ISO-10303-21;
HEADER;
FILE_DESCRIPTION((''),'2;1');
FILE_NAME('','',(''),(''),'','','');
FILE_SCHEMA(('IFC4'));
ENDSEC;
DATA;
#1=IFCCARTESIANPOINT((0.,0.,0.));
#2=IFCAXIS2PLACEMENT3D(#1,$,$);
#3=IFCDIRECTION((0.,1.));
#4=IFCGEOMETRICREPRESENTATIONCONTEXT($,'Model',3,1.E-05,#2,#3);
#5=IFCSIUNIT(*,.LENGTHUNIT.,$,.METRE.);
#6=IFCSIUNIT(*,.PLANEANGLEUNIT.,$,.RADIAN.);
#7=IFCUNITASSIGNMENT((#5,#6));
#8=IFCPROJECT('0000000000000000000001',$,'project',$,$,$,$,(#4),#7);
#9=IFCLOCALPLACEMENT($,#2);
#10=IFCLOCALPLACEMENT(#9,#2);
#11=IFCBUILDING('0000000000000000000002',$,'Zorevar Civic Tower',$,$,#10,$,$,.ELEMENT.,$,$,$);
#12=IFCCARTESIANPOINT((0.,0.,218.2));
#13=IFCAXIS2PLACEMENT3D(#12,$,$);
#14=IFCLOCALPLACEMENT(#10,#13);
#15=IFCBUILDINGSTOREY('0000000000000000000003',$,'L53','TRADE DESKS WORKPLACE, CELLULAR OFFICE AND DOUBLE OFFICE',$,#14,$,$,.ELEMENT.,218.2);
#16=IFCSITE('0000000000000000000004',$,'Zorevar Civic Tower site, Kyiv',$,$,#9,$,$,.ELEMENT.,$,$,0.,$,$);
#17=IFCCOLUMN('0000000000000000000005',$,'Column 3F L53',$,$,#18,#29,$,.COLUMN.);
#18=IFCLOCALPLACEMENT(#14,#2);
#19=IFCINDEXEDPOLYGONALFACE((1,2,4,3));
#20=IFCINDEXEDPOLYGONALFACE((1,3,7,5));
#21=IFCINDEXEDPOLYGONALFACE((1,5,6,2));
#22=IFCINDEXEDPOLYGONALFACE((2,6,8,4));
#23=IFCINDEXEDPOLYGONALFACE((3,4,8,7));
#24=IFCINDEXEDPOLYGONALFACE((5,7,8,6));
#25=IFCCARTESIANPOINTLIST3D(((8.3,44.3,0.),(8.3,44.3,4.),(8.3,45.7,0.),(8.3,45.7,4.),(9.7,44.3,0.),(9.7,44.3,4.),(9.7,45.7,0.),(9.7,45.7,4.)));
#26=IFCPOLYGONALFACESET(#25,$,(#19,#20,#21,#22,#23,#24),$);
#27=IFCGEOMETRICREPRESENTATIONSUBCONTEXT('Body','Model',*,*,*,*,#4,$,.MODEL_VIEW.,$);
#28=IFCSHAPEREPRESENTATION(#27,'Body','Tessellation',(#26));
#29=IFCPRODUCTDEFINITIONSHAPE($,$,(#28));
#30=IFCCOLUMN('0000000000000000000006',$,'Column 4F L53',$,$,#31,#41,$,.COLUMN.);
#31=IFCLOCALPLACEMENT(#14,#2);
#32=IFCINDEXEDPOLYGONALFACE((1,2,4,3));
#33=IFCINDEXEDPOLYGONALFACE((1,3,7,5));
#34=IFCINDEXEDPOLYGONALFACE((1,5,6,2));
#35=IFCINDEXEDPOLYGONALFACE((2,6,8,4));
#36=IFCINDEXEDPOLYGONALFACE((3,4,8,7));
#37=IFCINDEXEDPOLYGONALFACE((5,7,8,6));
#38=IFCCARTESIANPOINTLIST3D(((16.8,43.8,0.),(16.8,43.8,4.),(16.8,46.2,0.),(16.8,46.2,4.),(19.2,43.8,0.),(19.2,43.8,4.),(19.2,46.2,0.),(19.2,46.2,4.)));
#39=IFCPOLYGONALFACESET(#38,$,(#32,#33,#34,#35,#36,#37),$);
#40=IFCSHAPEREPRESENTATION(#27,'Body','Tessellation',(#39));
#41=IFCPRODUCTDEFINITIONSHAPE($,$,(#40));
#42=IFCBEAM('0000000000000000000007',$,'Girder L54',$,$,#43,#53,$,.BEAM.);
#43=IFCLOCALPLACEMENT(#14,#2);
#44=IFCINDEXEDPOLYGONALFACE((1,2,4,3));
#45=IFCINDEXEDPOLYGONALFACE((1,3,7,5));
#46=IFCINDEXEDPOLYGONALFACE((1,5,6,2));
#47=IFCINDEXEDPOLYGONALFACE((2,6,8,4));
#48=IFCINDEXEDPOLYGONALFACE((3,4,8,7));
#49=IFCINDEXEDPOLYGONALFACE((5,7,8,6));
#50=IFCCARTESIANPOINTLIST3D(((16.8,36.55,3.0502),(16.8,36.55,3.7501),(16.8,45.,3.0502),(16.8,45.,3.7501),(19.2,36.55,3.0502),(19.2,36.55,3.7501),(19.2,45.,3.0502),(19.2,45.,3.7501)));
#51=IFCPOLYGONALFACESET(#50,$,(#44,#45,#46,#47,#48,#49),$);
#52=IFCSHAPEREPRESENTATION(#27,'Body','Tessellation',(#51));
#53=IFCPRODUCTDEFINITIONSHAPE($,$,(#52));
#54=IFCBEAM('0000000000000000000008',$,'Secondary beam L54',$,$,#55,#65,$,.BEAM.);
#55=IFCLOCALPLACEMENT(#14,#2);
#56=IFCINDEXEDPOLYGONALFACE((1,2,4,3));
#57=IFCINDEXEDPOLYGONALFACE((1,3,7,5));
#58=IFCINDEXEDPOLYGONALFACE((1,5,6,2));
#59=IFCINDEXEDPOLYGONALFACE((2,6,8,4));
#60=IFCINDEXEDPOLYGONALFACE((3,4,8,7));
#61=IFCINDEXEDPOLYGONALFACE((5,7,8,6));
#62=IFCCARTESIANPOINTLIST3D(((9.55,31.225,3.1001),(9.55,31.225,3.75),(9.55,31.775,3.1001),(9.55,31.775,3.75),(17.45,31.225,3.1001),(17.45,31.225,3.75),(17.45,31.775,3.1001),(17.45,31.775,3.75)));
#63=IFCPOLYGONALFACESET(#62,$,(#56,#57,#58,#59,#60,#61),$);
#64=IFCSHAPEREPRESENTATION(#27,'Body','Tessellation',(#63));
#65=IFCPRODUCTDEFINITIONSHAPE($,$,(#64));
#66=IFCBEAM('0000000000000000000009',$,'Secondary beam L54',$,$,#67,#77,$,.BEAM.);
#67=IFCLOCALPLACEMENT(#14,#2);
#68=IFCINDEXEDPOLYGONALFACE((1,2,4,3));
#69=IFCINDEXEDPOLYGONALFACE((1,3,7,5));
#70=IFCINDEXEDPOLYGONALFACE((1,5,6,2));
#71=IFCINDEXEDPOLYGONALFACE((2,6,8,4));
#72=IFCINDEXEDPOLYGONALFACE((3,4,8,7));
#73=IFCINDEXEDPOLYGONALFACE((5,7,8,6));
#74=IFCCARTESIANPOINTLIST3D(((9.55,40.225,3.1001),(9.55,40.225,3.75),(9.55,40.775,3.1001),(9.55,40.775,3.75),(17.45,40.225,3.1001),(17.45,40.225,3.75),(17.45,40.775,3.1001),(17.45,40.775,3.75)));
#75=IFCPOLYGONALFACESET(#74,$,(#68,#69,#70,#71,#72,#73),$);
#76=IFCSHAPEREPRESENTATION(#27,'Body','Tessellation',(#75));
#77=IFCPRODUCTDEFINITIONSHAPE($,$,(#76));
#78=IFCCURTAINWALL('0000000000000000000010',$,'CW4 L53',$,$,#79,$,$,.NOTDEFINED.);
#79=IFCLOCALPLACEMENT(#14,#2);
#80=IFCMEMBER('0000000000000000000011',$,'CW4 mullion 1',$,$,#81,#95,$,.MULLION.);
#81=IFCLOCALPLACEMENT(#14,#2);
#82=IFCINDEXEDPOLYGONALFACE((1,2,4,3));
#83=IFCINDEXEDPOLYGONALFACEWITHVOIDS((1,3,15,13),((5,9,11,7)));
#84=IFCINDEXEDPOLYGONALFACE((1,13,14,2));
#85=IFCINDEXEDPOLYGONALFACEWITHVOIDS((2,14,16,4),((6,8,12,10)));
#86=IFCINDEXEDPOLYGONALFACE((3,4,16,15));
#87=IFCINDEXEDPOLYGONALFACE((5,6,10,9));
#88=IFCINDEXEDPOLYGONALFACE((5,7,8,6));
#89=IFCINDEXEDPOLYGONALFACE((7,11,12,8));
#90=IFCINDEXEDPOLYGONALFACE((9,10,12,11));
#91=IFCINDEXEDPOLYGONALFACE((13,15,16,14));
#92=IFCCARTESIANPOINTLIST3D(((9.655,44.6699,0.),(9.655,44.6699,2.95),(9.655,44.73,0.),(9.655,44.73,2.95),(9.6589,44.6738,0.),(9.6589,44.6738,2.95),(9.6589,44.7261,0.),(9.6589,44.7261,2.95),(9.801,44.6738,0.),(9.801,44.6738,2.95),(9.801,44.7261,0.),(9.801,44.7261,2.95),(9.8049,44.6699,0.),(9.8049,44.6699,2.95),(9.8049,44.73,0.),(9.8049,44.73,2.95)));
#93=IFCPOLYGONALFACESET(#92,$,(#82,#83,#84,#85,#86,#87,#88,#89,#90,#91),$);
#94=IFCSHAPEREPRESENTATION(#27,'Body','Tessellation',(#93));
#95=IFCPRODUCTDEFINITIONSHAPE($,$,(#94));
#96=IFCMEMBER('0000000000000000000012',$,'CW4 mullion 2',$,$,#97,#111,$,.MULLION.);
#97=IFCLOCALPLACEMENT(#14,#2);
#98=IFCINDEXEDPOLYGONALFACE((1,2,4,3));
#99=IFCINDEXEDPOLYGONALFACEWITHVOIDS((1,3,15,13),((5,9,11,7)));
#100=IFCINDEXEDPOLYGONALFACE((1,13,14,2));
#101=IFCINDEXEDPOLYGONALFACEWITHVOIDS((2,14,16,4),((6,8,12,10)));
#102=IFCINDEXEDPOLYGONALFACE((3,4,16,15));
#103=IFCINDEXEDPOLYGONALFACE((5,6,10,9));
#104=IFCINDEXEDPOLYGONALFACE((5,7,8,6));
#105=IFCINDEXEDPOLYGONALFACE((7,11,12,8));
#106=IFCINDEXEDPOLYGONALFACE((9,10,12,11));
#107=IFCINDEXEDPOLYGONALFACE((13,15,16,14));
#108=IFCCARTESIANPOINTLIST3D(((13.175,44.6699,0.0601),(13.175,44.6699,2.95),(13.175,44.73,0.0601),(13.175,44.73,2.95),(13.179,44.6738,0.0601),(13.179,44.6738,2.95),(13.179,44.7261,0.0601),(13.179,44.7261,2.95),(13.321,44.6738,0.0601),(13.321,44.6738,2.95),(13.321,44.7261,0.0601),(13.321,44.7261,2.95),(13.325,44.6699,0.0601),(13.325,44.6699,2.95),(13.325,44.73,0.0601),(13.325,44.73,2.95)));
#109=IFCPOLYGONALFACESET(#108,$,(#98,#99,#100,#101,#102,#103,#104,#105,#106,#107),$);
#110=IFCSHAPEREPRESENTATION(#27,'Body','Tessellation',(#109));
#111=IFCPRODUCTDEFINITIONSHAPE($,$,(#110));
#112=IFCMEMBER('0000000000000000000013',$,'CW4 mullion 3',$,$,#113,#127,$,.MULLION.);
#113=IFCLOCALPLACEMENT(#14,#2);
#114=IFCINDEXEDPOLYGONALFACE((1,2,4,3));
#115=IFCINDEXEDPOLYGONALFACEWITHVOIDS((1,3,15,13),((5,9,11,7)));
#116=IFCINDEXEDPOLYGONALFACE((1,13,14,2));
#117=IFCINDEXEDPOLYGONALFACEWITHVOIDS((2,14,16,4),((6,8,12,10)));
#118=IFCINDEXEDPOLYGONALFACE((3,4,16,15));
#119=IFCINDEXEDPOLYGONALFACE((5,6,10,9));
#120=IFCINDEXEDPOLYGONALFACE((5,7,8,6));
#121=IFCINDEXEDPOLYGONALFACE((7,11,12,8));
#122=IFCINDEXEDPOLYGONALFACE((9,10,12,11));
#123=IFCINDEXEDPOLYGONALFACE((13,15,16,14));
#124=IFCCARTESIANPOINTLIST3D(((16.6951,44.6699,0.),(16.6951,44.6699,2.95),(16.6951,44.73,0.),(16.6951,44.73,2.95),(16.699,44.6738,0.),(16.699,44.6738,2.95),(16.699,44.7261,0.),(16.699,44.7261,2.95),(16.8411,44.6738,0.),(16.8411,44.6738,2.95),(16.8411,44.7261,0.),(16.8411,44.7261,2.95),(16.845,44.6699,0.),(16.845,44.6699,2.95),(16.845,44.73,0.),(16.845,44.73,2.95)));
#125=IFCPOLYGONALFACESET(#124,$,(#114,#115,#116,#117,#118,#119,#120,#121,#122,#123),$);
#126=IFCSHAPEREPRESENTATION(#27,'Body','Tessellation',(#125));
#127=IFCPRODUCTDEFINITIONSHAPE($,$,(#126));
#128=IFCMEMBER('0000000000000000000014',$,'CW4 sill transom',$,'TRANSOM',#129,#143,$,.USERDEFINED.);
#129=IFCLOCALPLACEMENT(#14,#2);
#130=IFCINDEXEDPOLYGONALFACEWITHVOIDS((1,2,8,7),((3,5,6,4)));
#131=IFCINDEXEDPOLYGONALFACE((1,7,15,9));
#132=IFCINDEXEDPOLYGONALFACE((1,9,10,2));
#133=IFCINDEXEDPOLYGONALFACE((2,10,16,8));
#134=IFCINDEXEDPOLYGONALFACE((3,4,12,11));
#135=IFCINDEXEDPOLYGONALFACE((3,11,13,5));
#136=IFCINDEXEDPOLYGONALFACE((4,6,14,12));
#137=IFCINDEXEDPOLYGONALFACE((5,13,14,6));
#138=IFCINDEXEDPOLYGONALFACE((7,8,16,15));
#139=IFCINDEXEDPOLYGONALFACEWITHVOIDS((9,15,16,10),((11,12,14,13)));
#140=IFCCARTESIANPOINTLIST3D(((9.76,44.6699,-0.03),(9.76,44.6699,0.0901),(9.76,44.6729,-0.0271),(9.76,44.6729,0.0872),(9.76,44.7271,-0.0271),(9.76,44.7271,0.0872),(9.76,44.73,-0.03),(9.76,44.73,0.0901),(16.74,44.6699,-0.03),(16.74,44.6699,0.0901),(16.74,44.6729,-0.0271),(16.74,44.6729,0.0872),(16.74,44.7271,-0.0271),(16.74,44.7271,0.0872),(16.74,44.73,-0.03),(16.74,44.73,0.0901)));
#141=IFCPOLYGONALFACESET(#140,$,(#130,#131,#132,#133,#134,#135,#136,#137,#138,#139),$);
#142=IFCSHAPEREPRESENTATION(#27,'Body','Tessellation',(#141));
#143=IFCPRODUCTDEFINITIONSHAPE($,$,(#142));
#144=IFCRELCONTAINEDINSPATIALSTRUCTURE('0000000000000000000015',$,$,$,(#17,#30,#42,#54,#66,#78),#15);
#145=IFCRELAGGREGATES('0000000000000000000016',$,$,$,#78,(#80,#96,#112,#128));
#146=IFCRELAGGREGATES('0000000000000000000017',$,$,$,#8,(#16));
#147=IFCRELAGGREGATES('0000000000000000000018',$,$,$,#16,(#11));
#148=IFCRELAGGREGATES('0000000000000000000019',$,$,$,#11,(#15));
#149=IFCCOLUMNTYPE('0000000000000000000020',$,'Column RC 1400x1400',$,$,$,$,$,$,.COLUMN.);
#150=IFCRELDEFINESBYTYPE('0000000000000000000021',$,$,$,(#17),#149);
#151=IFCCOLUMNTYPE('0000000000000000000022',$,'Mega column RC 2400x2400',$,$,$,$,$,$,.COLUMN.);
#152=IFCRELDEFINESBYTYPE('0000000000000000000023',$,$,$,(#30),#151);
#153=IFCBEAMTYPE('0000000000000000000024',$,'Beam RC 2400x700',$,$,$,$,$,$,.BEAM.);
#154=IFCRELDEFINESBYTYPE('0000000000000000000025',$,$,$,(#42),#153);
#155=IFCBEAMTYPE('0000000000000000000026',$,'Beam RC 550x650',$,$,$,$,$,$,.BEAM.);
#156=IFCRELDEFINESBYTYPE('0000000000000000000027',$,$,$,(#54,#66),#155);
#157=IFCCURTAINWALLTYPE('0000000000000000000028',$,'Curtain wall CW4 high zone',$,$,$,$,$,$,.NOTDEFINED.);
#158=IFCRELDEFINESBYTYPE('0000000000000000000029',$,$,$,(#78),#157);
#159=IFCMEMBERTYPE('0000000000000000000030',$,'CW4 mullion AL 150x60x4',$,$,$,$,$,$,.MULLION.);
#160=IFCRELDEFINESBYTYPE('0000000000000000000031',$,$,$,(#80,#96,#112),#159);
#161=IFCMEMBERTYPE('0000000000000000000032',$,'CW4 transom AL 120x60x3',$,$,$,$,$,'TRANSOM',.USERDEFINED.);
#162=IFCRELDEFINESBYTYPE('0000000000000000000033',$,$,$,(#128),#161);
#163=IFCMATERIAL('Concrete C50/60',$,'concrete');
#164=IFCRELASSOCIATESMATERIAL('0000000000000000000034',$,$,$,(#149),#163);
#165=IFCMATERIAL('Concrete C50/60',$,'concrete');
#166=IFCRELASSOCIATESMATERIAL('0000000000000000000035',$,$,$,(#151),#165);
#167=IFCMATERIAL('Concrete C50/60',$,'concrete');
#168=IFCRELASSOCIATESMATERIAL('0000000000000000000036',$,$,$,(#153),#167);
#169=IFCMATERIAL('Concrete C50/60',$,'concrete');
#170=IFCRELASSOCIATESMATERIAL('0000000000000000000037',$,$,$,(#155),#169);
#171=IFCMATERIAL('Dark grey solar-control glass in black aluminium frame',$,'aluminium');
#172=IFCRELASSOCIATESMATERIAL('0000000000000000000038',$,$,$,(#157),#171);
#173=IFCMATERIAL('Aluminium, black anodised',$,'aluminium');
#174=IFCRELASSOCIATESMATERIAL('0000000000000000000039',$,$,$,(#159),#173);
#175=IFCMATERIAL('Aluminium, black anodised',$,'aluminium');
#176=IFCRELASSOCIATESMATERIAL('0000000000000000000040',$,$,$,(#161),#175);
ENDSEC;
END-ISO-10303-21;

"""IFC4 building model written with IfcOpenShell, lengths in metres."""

from ifc_helpers import new_model, si_unit, direction, frame, origin, origin_2d, place, context, subcontext, project, spatial, rectangle, hollow_rectangle, extrude, material, material_profile, profile_set, type_object, element, aggregate, save


model = new_model("IFC4")

# Units and contexts
model_context = context("Model", 3, precision=1e-05, world=origin(), true_north=direction((0.0, 1.0)))
body_context = subcontext(model_context, "Body", "Model", "MODEL_VIEW")
ifc_project = project(units=[si_unit("LENGTHUNIT", "METRE"), si_unit("PLANEANGLEUNIT", "RADIAN")], contexts=[model_context])

# Site, building, storey
site_placement = place(None, origin())
site = spatial("IfcSite", under=ifc_project, at=site_placement, Name="Zorevar Civic Tower site, Kyiv", CompositionType="ELEMENT", RefElevation=0.0)
building_placement = place(site_placement, origin())
building = spatial("IfcBuilding", under=site, at=building_placement, Name="Zorevar Civic Tower", CompositionType="ELEMENT")
storey_placement = place(building_placement, frame((0.0, 0.0, 218.2)))
storey = spatial("IfcBuildingStorey", under=building, at=storey_placement, Name="L53", Description="TRADE DESKS WORKPLACE, CELLULAR OFFICE AND DOUBLE OFFICE", CompositionType="ELEMENT", Elevation=218.2)

# Columns
ifc_material_1 = material(Name="Concrete C50/60", Category="concrete")
ifc_material_profile_1 = material_profile(ifc_material_1, rectangle(XDim=1.3999, YDim=1.3999, at=origin_2d()), Name="RC 1400x1400")
ifc_profile_set_1 = profile_set([ifc_material_profile_1], Name="Concrete C50/60")
column_type_1 = type_object("IfcColumnType", Name="Column RC 1400x1400", PredefinedType="COLUMN", material=ifc_profile_set_1)
column_1_placement = place(storey_placement, frame((9.0, 45.0, 0.0), z_axis=(0.0, 0.0, 1.0), x_axis=(1.0, 0.0, 0.0)))
element("IfcColumn", 1, at=column_1_placement, inside=storey, type_object=column_type_1, Name="Column 3F L53", PredefinedType="COLUMN", context=body_context, shape_type="SweptSolid", body=[
    extrude(rectangle(XDim=1.3999, YDim=1.3999, at=origin_2d()), origin(), (0.0, 0.0, 1.0), 4.0),
])
ifc_material_2 = material(Name="Concrete C50/60", Category="concrete")
ifc_material_profile_2 = material_profile(ifc_material_2, rectangle(XDim=2.3999, YDim=2.3999, at=origin_2d()), Name="RC 2400x2400")
ifc_profile_set_2 = profile_set([ifc_material_profile_2], Name="Concrete C50/60")
column_type_2 = type_object("IfcColumnType", Name="Mega column RC 2400x2400", PredefinedType="COLUMN", material=ifc_profile_set_2)
column_2_placement = place(storey_placement, frame((18.0, 45.0, 0.0), z_axis=(0.0, 0.0, 1.0), x_axis=(1.0, 0.0, 0.0)))
element("IfcColumn", 2, at=column_2_placement, inside=storey, type_object=column_type_2, Name="Column 4F L53", PredefinedType="COLUMN", context=body_context, shape_type="SweptSolid", body=[
    extrude(rectangle(XDim=2.3999, YDim=2.3999, at=origin_2d()), origin(), (0.0, 0.0, 1.0), 4.0),
])

# Beams
ifc_material_3 = material(Name="Concrete C50/60", Category="concrete")
ifc_material_profile_3 = material_profile(ifc_material_3, rectangle(XDim=2.3999, YDim=0.7, at=origin_2d()), Name="RC 2400x700")
ifc_profile_set_3 = profile_set([ifc_material_profile_3], Name="Concrete C50/60")
beam_type_1 = type_object("IfcBeamType", Name="Beam RC 2400x700", PredefinedType="BEAM", material=ifc_profile_set_3)
beam_1_placement = place(storey_placement, frame((18.0, 36.55, 3.4001), z_axis=(0.0, 1.0, 0.0), x_axis=(-1.0, 0.0, 0.0)))
element("IfcBeam", 3, at=beam_1_placement, inside=storey, type_object=beam_type_1, Name="Girder L54", PredefinedType="BEAM", context=body_context, shape_type="SweptSolid", body=[
    extrude(rectangle(XDim=2.3999, YDim=0.7, at=origin_2d()), origin(), (0.0, 0.0, 1.0), 8.45),
])
ifc_material_4 = material(Name="Concrete C50/60", Category="concrete")
ifc_material_profile_4 = material_profile(ifc_material_4, rectangle(XDim=0.55, YDim=0.6499, at=origin_2d()), Name="RC 550x650")
ifc_profile_set_4 = profile_set([ifc_material_profile_4], Name="Concrete C50/60")
beam_type_2 = type_object("IfcBeamType", Name="Beam RC 550x650", PredefinedType="BEAM", material=ifc_profile_set_4)
for number, where, z_axis, x_axis, name in (
    (4, (9.55, 31.5, 3.425), (1.0, 0.0, 0.0), (0.0, 1.0, 0.0), "Secondary beam L54"),
    (5, (9.55, 40.5, 3.425), (1.0, 0.0, 0.0), (0.0, 1.0, 0.0), "Secondary beam L54"),
):
    element("IfcBeam", number, at=place(storey_placement, frame(where, z_axis=z_axis, x_axis=x_axis)), inside=storey, type_object=beam_type_2, Name=name, PredefinedType="BEAM", context=body_context, shape_type="SweptSolid", body=[
        extrude(rectangle(XDim=0.55, YDim=0.6499, at=origin_2d()), origin(), (0.0, 0.0, 1.0), 7.8999),
    ])

# Curtain wall, members
ifc_material_5 = material(Name="Dark grey solar-control glass in black aluminium frame", Category="aluminium")
curtain_wall_type = type_object("IfcCurtainWallType", Name="Curtain wall CW4 high zone", PredefinedType="NOTDEFINED", material=ifc_material_5)
curtain_wall_placement = place(storey_placement, origin())
curtain_wall = element("IfcCurtainWall", 6, at=curtain_wall_placement, inside=storey, type_object=curtain_wall_type, Name="CW4 L53", PredefinedType="NOTDEFINED")
ifc_material_6 = material(Name="Aluminium, black anodised", Category="aluminium")
ifc_material_profile_5 = material_profile(ifc_material_6, hollow_rectangle(XDim=0.0601, YDim=0.1499, WallThickness=0.0039, at=origin_2d()), Name="AL 150x60x4")
ifc_profile_set_5 = profile_set([ifc_material_profile_5], Name="Aluminium, black anodised")
member_type_1 = type_object("IfcMemberType", Name="CW4 mullion AL 150x60x4", PredefinedType="MULLION", material=ifc_profile_set_5)
member_1_placement = place(storey_placement, frame((9.73, 44.7, 0.0), z_axis=(0.0, 0.0, 1.0), x_axis=(0.0, 1.0, 0.0)))
member_1 = element("IfcMember", 7, at=member_1_placement, type_object=member_type_1, Name="CW4 mullion 1", PredefinedType="MULLION", context=body_context, shape_type="SweptSolid", body=[
    extrude(hollow_rectangle(XDim=0.0601, YDim=0.1499, WallThickness=0.0039, at=origin_2d()), origin(), (0.0, 0.0, 1.0), 2.95),
])
member_2_placement = place(storey_placement, frame((13.25, 44.7, 0.0601), z_axis=(0.0, 0.0, 1.0), x_axis=(0.0, 1.0, 0.0)))
member_2 = element("IfcMember", 8, at=member_2_placement, type_object=member_type_1, Name="CW4 mullion 2", PredefinedType="MULLION", context=body_context, shape_type="SweptSolid", body=[
    extrude(hollow_rectangle(XDim=0.0601, YDim=0.1499, WallThickness=0.0039, at=origin_2d()), origin(), (0.0, 0.0, 1.0), 2.8899),
])
member_3_placement = place(storey_placement, frame((16.77, 44.7, 0.0), z_axis=(0.0, 0.0, 1.0), x_axis=(0.0, 1.0, 0.0)))
member_3 = element("IfcMember", 9, at=member_3_placement, type_object=member_type_1, Name="CW4 mullion 3", PredefinedType="MULLION", context=body_context, shape_type="SweptSolid", body=[
    extrude(hollow_rectangle(XDim=0.0601, YDim=0.1499, WallThickness=0.0039, at=origin_2d()), origin(), (0.0, 0.0, 1.0), 2.95),
])
ifc_material_7 = material(Name="Aluminium, black anodised", Category="aluminium")
ifc_material_profile_6 = material_profile(ifc_material_7, hollow_rectangle(XDim=0.0601, YDim=0.1201, WallThickness=0.0029, at=origin_2d()), Name="AL 120x60x3")
ifc_profile_set_6 = profile_set([ifc_material_profile_6], Name="Aluminium, black anodised")
member_type_2 = type_object("IfcMemberType", Name="CW4 transom AL 120x60x3", ElementType="TRANSOM", PredefinedType="USERDEFINED", material=ifc_profile_set_6)
member_4_placement = place(storey_placement, frame((9.76, 44.7, 0.03), z_axis=(1.0, 0.0, 0.0), x_axis=(0.0, 1.0, 0.0)))
member_4 = element("IfcMember", 10, at=member_4_placement, type_object=member_type_2, Name="CW4 sill transom", ObjectType="TRANSOM", PredefinedType="USERDEFINED", context=body_context, shape_type="SweptSolid", body=[
    extrude(hollow_rectangle(XDim=0.0601, YDim=0.1201, WallThickness=0.0029, at=origin_2d()), origin(), (0.0, 0.0, 1.0), 6.98),
])

aggregate(curtain_wall, [member_1, member_2, member_3, member_4])

save(model, "model.ifc")
